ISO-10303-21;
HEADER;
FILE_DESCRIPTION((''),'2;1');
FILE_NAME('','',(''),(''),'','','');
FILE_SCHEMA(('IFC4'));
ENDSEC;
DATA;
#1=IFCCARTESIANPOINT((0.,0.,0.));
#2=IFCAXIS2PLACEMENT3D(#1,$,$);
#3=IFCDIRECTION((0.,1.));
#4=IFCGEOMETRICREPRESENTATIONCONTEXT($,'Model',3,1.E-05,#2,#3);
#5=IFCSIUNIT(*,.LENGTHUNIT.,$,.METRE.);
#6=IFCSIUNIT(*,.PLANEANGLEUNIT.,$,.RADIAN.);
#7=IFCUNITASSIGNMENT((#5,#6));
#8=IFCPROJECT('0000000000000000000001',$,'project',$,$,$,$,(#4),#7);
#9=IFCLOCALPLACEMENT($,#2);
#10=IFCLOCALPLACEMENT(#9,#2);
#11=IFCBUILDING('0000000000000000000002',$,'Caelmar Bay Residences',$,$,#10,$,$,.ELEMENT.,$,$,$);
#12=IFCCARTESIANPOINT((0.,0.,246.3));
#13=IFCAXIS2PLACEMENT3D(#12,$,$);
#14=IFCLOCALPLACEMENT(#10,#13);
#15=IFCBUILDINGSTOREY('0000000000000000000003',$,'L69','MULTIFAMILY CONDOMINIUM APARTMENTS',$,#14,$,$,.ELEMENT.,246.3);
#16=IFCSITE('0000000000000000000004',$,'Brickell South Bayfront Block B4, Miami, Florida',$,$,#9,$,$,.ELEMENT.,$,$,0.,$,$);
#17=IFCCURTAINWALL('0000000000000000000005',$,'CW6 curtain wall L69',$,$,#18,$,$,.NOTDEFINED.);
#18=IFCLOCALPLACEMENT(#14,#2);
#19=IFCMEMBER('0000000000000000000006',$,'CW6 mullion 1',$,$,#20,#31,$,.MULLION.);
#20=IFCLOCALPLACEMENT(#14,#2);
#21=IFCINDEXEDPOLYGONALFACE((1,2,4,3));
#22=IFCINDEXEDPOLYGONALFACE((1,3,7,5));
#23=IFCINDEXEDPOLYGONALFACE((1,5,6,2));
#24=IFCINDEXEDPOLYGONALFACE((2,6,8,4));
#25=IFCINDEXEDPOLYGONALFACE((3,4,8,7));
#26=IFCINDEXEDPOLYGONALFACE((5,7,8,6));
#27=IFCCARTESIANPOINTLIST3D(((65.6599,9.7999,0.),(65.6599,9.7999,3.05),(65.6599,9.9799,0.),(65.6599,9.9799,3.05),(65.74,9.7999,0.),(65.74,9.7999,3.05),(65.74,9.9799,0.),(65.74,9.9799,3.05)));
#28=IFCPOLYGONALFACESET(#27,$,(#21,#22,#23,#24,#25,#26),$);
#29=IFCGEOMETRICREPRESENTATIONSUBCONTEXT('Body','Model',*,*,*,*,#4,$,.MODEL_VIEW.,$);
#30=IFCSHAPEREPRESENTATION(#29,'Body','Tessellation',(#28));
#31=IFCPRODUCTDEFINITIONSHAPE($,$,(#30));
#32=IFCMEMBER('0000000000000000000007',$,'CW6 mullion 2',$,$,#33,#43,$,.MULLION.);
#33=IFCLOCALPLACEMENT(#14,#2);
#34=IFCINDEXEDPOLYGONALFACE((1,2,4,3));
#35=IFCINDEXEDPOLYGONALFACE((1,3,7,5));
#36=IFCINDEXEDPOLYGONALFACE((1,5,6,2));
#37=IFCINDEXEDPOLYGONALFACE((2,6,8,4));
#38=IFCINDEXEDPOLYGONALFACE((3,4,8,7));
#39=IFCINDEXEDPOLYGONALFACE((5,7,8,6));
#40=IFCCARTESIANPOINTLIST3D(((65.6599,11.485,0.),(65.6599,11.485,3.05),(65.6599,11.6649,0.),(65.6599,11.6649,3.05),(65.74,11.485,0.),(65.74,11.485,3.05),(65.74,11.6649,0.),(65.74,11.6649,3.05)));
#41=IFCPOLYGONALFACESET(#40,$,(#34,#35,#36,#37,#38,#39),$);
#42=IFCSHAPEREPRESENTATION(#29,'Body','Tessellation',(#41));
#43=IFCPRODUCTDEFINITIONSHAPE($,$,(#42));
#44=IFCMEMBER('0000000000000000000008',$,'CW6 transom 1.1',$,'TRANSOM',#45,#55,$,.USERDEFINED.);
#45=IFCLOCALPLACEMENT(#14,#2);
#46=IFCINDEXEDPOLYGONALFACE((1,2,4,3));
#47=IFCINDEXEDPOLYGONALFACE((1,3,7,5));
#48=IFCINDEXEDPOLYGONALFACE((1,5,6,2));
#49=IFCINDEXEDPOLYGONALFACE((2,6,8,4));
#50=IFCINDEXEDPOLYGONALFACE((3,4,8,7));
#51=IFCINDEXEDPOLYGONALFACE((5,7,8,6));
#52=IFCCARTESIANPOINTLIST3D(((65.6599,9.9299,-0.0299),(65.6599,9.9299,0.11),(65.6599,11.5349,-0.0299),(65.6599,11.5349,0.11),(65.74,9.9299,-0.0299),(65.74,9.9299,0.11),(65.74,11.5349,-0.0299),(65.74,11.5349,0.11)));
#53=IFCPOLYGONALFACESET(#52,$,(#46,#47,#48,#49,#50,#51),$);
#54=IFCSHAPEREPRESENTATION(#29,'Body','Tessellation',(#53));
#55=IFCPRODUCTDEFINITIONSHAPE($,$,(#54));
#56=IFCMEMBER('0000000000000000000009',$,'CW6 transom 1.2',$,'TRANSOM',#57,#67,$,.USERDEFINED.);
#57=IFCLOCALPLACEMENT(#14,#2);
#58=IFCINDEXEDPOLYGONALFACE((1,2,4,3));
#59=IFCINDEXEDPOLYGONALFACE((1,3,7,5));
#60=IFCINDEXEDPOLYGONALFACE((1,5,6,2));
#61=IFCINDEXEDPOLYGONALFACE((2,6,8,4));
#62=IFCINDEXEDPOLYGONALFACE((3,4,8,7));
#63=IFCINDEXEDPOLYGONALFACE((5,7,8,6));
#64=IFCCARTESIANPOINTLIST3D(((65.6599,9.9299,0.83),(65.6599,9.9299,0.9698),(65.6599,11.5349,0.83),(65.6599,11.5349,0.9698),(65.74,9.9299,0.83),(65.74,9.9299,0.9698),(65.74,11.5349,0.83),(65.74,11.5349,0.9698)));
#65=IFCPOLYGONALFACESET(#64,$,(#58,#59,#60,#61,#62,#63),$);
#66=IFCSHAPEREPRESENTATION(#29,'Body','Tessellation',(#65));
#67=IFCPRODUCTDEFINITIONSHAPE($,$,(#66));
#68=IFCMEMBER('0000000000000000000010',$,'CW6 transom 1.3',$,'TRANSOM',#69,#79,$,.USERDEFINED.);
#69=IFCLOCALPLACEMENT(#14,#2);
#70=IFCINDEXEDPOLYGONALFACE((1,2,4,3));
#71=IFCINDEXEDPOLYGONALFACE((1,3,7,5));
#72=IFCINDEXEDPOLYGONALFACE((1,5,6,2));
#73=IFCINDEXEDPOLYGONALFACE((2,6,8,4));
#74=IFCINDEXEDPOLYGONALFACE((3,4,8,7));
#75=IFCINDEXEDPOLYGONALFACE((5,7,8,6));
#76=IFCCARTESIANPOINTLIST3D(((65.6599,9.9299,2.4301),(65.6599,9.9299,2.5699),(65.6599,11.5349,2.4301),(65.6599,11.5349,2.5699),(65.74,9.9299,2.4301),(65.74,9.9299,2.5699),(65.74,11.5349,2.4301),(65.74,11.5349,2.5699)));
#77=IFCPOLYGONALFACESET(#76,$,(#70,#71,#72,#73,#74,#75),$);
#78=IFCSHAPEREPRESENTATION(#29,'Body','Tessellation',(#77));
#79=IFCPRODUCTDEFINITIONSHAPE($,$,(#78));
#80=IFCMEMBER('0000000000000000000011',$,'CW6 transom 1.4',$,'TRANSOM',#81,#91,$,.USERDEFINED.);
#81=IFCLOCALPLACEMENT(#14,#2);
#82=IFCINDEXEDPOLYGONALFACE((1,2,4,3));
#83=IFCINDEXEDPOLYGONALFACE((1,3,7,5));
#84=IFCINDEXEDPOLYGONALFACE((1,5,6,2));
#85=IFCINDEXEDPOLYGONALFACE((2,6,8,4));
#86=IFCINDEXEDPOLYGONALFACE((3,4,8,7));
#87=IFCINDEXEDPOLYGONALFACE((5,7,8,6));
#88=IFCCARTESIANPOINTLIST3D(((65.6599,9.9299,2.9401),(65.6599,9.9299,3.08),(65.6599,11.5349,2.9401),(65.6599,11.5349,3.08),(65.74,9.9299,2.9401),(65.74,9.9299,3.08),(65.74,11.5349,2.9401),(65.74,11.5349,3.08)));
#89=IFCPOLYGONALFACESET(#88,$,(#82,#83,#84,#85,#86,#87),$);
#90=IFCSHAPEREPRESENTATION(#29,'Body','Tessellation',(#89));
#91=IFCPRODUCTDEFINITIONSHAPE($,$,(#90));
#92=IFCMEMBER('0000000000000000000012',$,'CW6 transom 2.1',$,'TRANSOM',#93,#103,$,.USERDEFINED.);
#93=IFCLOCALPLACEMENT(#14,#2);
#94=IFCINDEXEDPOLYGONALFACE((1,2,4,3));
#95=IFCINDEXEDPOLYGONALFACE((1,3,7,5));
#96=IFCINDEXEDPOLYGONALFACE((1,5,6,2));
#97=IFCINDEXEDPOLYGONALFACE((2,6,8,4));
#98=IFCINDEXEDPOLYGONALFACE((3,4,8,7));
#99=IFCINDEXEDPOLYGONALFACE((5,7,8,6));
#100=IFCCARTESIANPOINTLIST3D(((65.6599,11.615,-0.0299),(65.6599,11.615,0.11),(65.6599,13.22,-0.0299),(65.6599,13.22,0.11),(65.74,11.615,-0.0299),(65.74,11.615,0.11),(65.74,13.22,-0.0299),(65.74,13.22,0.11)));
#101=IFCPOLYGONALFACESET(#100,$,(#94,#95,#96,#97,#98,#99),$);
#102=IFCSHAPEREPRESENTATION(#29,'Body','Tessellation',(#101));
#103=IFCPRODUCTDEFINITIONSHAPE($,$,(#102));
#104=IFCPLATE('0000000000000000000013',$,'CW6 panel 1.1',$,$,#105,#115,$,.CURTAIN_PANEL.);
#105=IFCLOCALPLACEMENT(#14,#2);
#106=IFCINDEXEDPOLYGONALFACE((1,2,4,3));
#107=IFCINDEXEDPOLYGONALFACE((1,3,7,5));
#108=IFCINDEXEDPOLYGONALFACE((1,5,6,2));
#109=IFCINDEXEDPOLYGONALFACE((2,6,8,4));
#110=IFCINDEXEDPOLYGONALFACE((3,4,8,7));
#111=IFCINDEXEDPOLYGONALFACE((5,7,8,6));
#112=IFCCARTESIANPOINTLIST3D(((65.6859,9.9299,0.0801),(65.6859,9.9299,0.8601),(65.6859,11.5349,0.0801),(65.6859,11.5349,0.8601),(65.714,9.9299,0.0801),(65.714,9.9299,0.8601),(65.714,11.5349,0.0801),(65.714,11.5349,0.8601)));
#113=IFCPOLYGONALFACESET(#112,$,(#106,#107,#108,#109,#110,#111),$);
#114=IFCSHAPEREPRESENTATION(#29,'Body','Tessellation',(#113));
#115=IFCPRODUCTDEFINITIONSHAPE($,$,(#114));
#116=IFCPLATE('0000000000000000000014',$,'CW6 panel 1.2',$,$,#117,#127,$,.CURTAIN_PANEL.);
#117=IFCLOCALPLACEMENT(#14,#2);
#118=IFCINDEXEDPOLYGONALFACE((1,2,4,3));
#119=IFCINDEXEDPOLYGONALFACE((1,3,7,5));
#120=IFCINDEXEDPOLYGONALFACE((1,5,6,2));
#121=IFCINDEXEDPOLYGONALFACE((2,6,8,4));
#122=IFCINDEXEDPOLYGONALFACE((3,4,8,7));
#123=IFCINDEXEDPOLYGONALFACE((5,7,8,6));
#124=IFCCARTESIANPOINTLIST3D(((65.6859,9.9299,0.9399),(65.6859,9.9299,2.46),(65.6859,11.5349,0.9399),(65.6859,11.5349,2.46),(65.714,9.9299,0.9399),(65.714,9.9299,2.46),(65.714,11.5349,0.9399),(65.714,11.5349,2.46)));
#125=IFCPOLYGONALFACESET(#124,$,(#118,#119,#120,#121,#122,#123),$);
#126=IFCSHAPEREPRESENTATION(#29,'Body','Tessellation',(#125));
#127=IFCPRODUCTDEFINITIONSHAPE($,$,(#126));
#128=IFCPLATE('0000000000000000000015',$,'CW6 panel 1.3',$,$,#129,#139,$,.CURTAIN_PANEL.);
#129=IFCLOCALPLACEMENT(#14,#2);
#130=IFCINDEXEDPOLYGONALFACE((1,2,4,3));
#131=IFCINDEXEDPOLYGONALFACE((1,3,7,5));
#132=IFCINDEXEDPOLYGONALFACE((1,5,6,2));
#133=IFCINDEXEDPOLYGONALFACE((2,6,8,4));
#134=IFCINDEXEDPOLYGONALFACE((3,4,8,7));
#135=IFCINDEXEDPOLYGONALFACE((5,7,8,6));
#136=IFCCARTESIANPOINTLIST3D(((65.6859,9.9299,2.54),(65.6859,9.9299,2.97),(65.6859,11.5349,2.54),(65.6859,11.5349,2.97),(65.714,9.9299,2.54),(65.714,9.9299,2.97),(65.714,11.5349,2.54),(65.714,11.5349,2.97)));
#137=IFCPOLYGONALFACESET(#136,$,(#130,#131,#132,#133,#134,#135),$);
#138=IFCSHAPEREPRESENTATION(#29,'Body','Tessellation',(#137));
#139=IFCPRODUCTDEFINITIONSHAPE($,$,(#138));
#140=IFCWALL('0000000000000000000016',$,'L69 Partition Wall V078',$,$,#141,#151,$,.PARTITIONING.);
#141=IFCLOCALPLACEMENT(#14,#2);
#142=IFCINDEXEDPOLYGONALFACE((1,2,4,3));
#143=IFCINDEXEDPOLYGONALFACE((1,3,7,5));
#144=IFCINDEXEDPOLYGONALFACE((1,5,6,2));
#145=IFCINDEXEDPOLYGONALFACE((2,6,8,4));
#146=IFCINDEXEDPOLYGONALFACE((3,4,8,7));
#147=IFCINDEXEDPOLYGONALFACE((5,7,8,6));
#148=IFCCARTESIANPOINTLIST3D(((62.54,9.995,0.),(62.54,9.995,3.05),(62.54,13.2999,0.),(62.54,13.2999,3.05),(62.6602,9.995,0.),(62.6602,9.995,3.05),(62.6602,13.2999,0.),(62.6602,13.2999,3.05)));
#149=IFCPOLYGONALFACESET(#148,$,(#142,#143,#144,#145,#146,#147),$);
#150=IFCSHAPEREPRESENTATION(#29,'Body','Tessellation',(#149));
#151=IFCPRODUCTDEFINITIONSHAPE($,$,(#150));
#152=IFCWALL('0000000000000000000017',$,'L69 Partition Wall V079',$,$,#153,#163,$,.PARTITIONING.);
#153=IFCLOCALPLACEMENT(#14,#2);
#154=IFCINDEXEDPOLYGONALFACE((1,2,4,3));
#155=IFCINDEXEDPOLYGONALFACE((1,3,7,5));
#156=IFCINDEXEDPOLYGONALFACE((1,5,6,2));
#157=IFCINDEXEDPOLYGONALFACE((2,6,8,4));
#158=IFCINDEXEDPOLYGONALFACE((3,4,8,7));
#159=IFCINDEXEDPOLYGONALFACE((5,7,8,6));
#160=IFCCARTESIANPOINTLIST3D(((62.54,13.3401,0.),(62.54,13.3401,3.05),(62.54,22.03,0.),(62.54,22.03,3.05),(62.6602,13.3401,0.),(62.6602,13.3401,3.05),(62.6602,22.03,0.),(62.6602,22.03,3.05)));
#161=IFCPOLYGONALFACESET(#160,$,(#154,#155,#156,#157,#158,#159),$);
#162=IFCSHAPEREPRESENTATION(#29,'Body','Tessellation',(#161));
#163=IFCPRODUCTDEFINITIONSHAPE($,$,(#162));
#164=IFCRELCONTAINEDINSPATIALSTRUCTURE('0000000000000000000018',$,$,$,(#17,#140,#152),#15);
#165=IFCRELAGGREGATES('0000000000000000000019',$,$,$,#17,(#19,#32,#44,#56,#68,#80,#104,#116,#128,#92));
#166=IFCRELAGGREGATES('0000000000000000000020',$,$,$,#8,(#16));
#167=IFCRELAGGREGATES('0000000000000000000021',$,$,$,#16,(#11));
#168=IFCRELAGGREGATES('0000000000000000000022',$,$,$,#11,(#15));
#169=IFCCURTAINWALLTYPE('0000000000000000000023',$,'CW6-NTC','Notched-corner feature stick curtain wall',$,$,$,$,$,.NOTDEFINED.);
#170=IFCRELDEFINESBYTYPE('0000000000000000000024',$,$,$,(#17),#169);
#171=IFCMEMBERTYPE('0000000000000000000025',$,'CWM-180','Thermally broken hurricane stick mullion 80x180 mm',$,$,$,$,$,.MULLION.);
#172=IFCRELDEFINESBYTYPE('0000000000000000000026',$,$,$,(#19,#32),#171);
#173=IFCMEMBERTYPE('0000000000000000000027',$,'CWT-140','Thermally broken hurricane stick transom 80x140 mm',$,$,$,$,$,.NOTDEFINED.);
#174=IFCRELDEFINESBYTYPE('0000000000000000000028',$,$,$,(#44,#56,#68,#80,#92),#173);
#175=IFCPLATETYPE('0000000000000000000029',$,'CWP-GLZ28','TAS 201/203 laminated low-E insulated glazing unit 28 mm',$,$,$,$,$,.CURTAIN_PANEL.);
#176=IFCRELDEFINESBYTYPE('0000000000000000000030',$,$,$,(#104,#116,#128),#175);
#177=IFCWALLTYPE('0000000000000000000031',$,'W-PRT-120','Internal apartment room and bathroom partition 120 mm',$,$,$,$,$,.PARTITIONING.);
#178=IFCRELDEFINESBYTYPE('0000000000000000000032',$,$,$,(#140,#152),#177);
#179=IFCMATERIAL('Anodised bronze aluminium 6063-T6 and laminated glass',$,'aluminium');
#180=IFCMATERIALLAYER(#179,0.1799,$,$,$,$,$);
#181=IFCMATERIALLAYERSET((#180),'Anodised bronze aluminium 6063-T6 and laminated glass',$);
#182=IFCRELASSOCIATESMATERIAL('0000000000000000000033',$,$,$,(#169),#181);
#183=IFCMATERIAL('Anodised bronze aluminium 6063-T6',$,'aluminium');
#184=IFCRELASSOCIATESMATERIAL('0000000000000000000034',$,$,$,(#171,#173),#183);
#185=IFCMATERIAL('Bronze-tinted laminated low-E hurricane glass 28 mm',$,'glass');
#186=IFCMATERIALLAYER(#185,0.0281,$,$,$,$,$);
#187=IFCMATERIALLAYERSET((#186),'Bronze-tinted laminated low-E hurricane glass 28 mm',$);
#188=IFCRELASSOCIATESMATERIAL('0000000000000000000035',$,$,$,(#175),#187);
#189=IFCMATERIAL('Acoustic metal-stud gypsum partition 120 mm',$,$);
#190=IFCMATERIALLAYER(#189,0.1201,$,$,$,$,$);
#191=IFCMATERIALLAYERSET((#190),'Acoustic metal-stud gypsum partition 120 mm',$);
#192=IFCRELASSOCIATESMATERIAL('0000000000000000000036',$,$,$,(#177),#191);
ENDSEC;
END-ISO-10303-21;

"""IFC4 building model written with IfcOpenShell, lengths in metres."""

from ifc_helpers import new_model, si_unit, direction, frame, frame_2d, origin, origin_2d, place, context, subcontext, project, spatial, rectangle, extrude, material, layer, layer_set, material_profile, profile_set, type_object, element, aggregate, save


model = new_model("IFC4")

# Units and contexts
model_context = context("Model", 3, precision=1e-05, world=origin(), true_north=direction((0.0, 1.0)))
body_context = subcontext(model_context, "Body", "Model", "MODEL_VIEW")
ifc_project = project(units=[si_unit("LENGTHUNIT", "METRE"), si_unit("PLANEANGLEUNIT", "RADIAN")], contexts=[model_context])

# Site, building, storey
site_placement = place(None, origin())
site = spatial("IfcSite", under=ifc_project, at=site_placement, Name="Brickell South Bayfront Block B4, Miami, Florida", CompositionType="ELEMENT", RefElevation=0.0)
building_placement = place(site_placement, origin())
building = spatial("IfcBuilding", under=site, at=building_placement, Name="Caelmar Bay Residences", CompositionType="ELEMENT")
storey_placement = place(building_placement, frame((0.0, 0.0, 246.3)))
storey = spatial("IfcBuildingStorey", under=building, at=storey_placement, Name="L69", Description="MULTIFAMILY CONDOMINIUM APARTMENTS", CompositionType="ELEMENT", Elevation=246.3)

# Curtain wall, members, plates
ifc_material_1 = material(Name="Anodised bronze aluminium 6063-T6 and laminated glass", Category="aluminium")
ifc_layer_1 = layer(ifc_material_1, 0.1799)
ifc_layer_set_1 = layer_set([ifc_layer_1], Name="Anodised bronze aluminium 6063-T6 and laminated glass")
curtain_wall_type = type_object("IfcCurtainWallType", Name="CW6-NTC", Description="Notched-corner feature stick curtain wall", PredefinedType="NOTDEFINED", material=ifc_layer_set_1)
curtain_wall_placement = place(storey_placement, origin())
curtain_wall = element("IfcCurtainWall", 1, at=curtain_wall_placement, inside=storey, type_object=curtain_wall_type, Name="CW6 curtain wall L69", PredefinedType="NOTDEFINED")
ifc_material_2 = material(Name="Anodised bronze aluminium 6063-T6", Category="aluminium")
ifc_material_profile_1 = material_profile(ifc_material_2, rectangle(XDim=0.0801, YDim=0.1799, at=origin_2d()), Name="CWM-80X180")
ifc_profile_set_1 = profile_set([ifc_material_profile_1], Name="Anodised bronze aluminium 6063-T6")
member_type_1 = type_object("IfcMemberType", Name="CWM-180", Description="Thermally broken hurricane stick mullion 80x180 mm", PredefinedType="MULLION", material=ifc_profile_set_1)
member_1_placement = place(storey_placement, frame((65.7, 9.8899, 0.0), z_axis=(0.0, 0.0, 1.0), x_axis=(-1.0, 0.0, 0.0)))
member_1 = element("IfcMember", 2, at=member_1_placement, type_object=member_type_1, Name="CW6 mullion 1", PredefinedType="MULLION", context=body_context, shape_type="SweptSolid", body=[
    extrude(rectangle(XDim=0.0801, YDim=0.1799, at=origin_2d()), origin(), (0.0, 0.0, 1.0), 3.05),
])
member_2_placement = place(storey_placement, frame((65.7, 11.575, 0.0), z_axis=(0.0, 0.0, 1.0), x_axis=(-1.0, 0.0, 0.0)))
member_2 = element("IfcMember", 3, at=member_2_placement, type_object=member_type_1, Name="CW6 mullion 2", PredefinedType="MULLION", context=body_context, shape_type="SweptSolid", body=[
    extrude(rectangle(XDim=0.0801, YDim=0.1799, at=origin_2d()), origin(), (0.0, 0.0, 1.0), 3.05),
])
ifc_material_profile_2 = material_profile(ifc_material_2, rectangle(XDim=0.0801, YDim=0.1399, at=origin_2d()), Name="CWT-80X140")
ifc_profile_set_2 = profile_set([ifc_material_profile_2], Name="Anodised bronze aluminium 6063-T6")
member_type_2 = type_object("IfcMemberType", Name="CWT-140", Description="Thermally broken hurricane stick transom 80x140 mm", PredefinedType="NOTDEFINED", material=ifc_profile_set_2)
member_3_placement = place(storey_placement, frame((65.7, 9.9299, 0.04), z_axis=(0.0, 1.0, 0.0), x_axis=(-1.0, 0.0, 0.0)))
member_3 = element("IfcMember", 4, at=member_3_placement, type_object=member_type_2, Name="CW6 transom 1.1", ObjectType="TRANSOM", PredefinedType="USERDEFINED", context=body_context, shape_type="SweptSolid", body=[
    extrude(rectangle(XDim=0.0801, YDim=0.1399, at=origin_2d()), origin(), (0.0, 0.0, 1.0), 1.605),
])
member_4_placement = place(storey_placement, frame((65.7, 9.9299, 0.8999), z_axis=(0.0, 1.0, 0.0), x_axis=(-1.0, 0.0, 0.0)))
member_4 = element("IfcMember", 5, at=member_4_placement, type_object=member_type_2, Name="CW6 transom 1.2", ObjectType="TRANSOM", PredefinedType="USERDEFINED", context=body_context, shape_type="SweptSolid", body=[
    extrude(rectangle(XDim=0.0801, YDim=0.1399, at=origin_2d()), origin(), (0.0, 0.0, 1.0), 1.605),
])
member_5_placement = place(storey_placement, frame((65.7, 9.9299, 2.5), z_axis=(0.0, 1.0, 0.0), x_axis=(-1.0, 0.0, 0.0)))
member_5 = element("IfcMember", 6, at=member_5_placement, type_object=member_type_2, Name="CW6 transom 1.3", ObjectType="TRANSOM", PredefinedType="USERDEFINED", context=body_context, shape_type="SweptSolid", body=[
    extrude(rectangle(XDim=0.0801, YDim=0.1399, at=origin_2d()), origin(), (0.0, 0.0, 1.0), 1.605),
])
member_6_placement = place(storey_placement, frame((65.7, 9.9299, 3.01), z_axis=(0.0, 1.0, 0.0), x_axis=(-1.0, 0.0, 0.0)))
member_6 = element("IfcMember", 7, at=member_6_placement, type_object=member_type_2, Name="CW6 transom 1.4", ObjectType="TRANSOM", PredefinedType="USERDEFINED", context=body_context, shape_type="SweptSolid", body=[
    extrude(rectangle(XDim=0.0801, YDim=0.1399, at=origin_2d()), origin(), (0.0, 0.0, 1.0), 1.605),
])
member_7_placement = place(storey_placement, frame((65.7, 11.615, 0.04), z_axis=(0.0, 1.0, 0.0), x_axis=(-1.0, 0.0, 0.0)))
member_7 = element("IfcMember", 8, at=member_7_placement, type_object=member_type_2, Name="CW6 transom 2.1", ObjectType="TRANSOM", PredefinedType="USERDEFINED", context=body_context, shape_type="SweptSolid", body=[
    extrude(rectangle(XDim=0.0801, YDim=0.1399, at=origin_2d()), origin(), (0.0, 0.0, 1.0), 1.605),
])
ifc_material_3 = material(Name="Bronze-tinted laminated low-E hurricane glass 28 mm", Category="glass")
ifc_layer_2 = layer(ifc_material_3, 0.0281)
ifc_layer_set_2 = layer_set([ifc_layer_2], Name="Bronze-tinted laminated low-E hurricane glass 28 mm")
plate_type = type_object("IfcPlateType", Name="CWP-GLZ28", Description="TAS 201/203 laminated low-E insulated glazing unit 28 mm", PredefinedType="CURTAIN_PANEL", material=ifc_layer_set_2)
plate_1_placement = place(storey_placement, frame((65.7, 10.7324, 0.0801), z_axis=(0.0, 0.0, 1.0), x_axis=(0.0, 1.0, 0.0)))
plate_1 = element("IfcPlate", 9, at=plate_1_placement, type_object=plate_type, Name="CW6 panel 1.1", PredefinedType="CURTAIN_PANEL", context=body_context, shape_type="SweptSolid", body=[
    extrude(rectangle(XDim=1.605, YDim=0.0281, at=origin_2d()), origin(), (0.0, 0.0, 1.0), 0.78),
])
plate_2_placement = place(storey_placement, frame((65.7, 10.7324, 0.9399), z_axis=(0.0, 0.0, 1.0), x_axis=(0.0, 1.0, 0.0)))
plate_2 = element("IfcPlate", 10, at=plate_2_placement, type_object=plate_type, Name="CW6 panel 1.2", PredefinedType="CURTAIN_PANEL", context=body_context, shape_type="SweptSolid", body=[
    extrude(rectangle(XDim=1.605, YDim=0.0281, at=origin_2d()), origin(), (0.0, 0.0, 1.0), 1.52),
])
plate_3_placement = place(storey_placement, frame((65.7, 10.7324, 2.54), z_axis=(0.0, 0.0, 1.0), x_axis=(0.0, 1.0, 0.0)))
plate_3 = element("IfcPlate", 11, at=plate_3_placement, type_object=plate_type, Name="CW6 panel 1.3", PredefinedType="CURTAIN_PANEL", context=body_context, shape_type="SweptSolid", body=[
    extrude(rectangle(XDim=1.605, YDim=0.0281, at=origin_2d()), origin(), (0.0, 0.0, 1.0), 0.4299),
])
aggregate(curtain_wall, [member_1, member_2, member_3, member_4, member_5, member_6, plate_1, plate_2, plate_3, member_7])

# Walls
ifc_material_4 = material(Name="Acoustic metal-stud gypsum partition 120 mm")
ifc_layer_3 = layer(ifc_material_4, 0.1201)
ifc_layer_set_3 = layer_set([ifc_layer_3], Name="Acoustic metal-stud gypsum partition 120 mm")
wall_type_1 = type_object("IfcWallType", Name="W-PRT-120", Description="Internal apartment room and bathroom partition 120 mm", PredefinedType="PARTITIONING", material=ifc_layer_set_3)
wall_1_placement = place(storey_placement, frame((62.6001, 9.9951, 0.0), z_axis=(0.0, 0.0, 1.0), x_axis=(0.0, 1.0, 0.0)))
element("IfcWall", 12, at=wall_1_placement, inside=storey, type_object=wall_type_1, Name="L69 Partition Wall V078", PredefinedType="PARTITIONING", context=body_context, shape_type="SweptSolid", body=[
    extrude(rectangle(XDim=3.3049, YDim=0.1201, at=frame_2d((1.6523, 0.0))), origin(), (0.0, 0.0, 1.0), 3.05),
])
wall_2_placement = place(storey_placement, frame((62.6001, 13.3401, 0.0), z_axis=(0.0, 0.0, 1.0), x_axis=(0.0, 1.0, 0.0)))
element("IfcWall", 13, at=wall_2_placement, inside=storey, type_object=wall_type_1, Name="L69 Partition Wall V079", PredefinedType="PARTITIONING", context=body_context, shape_type="SweptSolid", body=[
    extrude(rectangle(XDim=8.6899, YDim=0.1201, at=frame_2d((4.345, 0.0))), origin(), (0.0, 0.0, 1.0), 3.05),
])

save(model, "model.ifc")
